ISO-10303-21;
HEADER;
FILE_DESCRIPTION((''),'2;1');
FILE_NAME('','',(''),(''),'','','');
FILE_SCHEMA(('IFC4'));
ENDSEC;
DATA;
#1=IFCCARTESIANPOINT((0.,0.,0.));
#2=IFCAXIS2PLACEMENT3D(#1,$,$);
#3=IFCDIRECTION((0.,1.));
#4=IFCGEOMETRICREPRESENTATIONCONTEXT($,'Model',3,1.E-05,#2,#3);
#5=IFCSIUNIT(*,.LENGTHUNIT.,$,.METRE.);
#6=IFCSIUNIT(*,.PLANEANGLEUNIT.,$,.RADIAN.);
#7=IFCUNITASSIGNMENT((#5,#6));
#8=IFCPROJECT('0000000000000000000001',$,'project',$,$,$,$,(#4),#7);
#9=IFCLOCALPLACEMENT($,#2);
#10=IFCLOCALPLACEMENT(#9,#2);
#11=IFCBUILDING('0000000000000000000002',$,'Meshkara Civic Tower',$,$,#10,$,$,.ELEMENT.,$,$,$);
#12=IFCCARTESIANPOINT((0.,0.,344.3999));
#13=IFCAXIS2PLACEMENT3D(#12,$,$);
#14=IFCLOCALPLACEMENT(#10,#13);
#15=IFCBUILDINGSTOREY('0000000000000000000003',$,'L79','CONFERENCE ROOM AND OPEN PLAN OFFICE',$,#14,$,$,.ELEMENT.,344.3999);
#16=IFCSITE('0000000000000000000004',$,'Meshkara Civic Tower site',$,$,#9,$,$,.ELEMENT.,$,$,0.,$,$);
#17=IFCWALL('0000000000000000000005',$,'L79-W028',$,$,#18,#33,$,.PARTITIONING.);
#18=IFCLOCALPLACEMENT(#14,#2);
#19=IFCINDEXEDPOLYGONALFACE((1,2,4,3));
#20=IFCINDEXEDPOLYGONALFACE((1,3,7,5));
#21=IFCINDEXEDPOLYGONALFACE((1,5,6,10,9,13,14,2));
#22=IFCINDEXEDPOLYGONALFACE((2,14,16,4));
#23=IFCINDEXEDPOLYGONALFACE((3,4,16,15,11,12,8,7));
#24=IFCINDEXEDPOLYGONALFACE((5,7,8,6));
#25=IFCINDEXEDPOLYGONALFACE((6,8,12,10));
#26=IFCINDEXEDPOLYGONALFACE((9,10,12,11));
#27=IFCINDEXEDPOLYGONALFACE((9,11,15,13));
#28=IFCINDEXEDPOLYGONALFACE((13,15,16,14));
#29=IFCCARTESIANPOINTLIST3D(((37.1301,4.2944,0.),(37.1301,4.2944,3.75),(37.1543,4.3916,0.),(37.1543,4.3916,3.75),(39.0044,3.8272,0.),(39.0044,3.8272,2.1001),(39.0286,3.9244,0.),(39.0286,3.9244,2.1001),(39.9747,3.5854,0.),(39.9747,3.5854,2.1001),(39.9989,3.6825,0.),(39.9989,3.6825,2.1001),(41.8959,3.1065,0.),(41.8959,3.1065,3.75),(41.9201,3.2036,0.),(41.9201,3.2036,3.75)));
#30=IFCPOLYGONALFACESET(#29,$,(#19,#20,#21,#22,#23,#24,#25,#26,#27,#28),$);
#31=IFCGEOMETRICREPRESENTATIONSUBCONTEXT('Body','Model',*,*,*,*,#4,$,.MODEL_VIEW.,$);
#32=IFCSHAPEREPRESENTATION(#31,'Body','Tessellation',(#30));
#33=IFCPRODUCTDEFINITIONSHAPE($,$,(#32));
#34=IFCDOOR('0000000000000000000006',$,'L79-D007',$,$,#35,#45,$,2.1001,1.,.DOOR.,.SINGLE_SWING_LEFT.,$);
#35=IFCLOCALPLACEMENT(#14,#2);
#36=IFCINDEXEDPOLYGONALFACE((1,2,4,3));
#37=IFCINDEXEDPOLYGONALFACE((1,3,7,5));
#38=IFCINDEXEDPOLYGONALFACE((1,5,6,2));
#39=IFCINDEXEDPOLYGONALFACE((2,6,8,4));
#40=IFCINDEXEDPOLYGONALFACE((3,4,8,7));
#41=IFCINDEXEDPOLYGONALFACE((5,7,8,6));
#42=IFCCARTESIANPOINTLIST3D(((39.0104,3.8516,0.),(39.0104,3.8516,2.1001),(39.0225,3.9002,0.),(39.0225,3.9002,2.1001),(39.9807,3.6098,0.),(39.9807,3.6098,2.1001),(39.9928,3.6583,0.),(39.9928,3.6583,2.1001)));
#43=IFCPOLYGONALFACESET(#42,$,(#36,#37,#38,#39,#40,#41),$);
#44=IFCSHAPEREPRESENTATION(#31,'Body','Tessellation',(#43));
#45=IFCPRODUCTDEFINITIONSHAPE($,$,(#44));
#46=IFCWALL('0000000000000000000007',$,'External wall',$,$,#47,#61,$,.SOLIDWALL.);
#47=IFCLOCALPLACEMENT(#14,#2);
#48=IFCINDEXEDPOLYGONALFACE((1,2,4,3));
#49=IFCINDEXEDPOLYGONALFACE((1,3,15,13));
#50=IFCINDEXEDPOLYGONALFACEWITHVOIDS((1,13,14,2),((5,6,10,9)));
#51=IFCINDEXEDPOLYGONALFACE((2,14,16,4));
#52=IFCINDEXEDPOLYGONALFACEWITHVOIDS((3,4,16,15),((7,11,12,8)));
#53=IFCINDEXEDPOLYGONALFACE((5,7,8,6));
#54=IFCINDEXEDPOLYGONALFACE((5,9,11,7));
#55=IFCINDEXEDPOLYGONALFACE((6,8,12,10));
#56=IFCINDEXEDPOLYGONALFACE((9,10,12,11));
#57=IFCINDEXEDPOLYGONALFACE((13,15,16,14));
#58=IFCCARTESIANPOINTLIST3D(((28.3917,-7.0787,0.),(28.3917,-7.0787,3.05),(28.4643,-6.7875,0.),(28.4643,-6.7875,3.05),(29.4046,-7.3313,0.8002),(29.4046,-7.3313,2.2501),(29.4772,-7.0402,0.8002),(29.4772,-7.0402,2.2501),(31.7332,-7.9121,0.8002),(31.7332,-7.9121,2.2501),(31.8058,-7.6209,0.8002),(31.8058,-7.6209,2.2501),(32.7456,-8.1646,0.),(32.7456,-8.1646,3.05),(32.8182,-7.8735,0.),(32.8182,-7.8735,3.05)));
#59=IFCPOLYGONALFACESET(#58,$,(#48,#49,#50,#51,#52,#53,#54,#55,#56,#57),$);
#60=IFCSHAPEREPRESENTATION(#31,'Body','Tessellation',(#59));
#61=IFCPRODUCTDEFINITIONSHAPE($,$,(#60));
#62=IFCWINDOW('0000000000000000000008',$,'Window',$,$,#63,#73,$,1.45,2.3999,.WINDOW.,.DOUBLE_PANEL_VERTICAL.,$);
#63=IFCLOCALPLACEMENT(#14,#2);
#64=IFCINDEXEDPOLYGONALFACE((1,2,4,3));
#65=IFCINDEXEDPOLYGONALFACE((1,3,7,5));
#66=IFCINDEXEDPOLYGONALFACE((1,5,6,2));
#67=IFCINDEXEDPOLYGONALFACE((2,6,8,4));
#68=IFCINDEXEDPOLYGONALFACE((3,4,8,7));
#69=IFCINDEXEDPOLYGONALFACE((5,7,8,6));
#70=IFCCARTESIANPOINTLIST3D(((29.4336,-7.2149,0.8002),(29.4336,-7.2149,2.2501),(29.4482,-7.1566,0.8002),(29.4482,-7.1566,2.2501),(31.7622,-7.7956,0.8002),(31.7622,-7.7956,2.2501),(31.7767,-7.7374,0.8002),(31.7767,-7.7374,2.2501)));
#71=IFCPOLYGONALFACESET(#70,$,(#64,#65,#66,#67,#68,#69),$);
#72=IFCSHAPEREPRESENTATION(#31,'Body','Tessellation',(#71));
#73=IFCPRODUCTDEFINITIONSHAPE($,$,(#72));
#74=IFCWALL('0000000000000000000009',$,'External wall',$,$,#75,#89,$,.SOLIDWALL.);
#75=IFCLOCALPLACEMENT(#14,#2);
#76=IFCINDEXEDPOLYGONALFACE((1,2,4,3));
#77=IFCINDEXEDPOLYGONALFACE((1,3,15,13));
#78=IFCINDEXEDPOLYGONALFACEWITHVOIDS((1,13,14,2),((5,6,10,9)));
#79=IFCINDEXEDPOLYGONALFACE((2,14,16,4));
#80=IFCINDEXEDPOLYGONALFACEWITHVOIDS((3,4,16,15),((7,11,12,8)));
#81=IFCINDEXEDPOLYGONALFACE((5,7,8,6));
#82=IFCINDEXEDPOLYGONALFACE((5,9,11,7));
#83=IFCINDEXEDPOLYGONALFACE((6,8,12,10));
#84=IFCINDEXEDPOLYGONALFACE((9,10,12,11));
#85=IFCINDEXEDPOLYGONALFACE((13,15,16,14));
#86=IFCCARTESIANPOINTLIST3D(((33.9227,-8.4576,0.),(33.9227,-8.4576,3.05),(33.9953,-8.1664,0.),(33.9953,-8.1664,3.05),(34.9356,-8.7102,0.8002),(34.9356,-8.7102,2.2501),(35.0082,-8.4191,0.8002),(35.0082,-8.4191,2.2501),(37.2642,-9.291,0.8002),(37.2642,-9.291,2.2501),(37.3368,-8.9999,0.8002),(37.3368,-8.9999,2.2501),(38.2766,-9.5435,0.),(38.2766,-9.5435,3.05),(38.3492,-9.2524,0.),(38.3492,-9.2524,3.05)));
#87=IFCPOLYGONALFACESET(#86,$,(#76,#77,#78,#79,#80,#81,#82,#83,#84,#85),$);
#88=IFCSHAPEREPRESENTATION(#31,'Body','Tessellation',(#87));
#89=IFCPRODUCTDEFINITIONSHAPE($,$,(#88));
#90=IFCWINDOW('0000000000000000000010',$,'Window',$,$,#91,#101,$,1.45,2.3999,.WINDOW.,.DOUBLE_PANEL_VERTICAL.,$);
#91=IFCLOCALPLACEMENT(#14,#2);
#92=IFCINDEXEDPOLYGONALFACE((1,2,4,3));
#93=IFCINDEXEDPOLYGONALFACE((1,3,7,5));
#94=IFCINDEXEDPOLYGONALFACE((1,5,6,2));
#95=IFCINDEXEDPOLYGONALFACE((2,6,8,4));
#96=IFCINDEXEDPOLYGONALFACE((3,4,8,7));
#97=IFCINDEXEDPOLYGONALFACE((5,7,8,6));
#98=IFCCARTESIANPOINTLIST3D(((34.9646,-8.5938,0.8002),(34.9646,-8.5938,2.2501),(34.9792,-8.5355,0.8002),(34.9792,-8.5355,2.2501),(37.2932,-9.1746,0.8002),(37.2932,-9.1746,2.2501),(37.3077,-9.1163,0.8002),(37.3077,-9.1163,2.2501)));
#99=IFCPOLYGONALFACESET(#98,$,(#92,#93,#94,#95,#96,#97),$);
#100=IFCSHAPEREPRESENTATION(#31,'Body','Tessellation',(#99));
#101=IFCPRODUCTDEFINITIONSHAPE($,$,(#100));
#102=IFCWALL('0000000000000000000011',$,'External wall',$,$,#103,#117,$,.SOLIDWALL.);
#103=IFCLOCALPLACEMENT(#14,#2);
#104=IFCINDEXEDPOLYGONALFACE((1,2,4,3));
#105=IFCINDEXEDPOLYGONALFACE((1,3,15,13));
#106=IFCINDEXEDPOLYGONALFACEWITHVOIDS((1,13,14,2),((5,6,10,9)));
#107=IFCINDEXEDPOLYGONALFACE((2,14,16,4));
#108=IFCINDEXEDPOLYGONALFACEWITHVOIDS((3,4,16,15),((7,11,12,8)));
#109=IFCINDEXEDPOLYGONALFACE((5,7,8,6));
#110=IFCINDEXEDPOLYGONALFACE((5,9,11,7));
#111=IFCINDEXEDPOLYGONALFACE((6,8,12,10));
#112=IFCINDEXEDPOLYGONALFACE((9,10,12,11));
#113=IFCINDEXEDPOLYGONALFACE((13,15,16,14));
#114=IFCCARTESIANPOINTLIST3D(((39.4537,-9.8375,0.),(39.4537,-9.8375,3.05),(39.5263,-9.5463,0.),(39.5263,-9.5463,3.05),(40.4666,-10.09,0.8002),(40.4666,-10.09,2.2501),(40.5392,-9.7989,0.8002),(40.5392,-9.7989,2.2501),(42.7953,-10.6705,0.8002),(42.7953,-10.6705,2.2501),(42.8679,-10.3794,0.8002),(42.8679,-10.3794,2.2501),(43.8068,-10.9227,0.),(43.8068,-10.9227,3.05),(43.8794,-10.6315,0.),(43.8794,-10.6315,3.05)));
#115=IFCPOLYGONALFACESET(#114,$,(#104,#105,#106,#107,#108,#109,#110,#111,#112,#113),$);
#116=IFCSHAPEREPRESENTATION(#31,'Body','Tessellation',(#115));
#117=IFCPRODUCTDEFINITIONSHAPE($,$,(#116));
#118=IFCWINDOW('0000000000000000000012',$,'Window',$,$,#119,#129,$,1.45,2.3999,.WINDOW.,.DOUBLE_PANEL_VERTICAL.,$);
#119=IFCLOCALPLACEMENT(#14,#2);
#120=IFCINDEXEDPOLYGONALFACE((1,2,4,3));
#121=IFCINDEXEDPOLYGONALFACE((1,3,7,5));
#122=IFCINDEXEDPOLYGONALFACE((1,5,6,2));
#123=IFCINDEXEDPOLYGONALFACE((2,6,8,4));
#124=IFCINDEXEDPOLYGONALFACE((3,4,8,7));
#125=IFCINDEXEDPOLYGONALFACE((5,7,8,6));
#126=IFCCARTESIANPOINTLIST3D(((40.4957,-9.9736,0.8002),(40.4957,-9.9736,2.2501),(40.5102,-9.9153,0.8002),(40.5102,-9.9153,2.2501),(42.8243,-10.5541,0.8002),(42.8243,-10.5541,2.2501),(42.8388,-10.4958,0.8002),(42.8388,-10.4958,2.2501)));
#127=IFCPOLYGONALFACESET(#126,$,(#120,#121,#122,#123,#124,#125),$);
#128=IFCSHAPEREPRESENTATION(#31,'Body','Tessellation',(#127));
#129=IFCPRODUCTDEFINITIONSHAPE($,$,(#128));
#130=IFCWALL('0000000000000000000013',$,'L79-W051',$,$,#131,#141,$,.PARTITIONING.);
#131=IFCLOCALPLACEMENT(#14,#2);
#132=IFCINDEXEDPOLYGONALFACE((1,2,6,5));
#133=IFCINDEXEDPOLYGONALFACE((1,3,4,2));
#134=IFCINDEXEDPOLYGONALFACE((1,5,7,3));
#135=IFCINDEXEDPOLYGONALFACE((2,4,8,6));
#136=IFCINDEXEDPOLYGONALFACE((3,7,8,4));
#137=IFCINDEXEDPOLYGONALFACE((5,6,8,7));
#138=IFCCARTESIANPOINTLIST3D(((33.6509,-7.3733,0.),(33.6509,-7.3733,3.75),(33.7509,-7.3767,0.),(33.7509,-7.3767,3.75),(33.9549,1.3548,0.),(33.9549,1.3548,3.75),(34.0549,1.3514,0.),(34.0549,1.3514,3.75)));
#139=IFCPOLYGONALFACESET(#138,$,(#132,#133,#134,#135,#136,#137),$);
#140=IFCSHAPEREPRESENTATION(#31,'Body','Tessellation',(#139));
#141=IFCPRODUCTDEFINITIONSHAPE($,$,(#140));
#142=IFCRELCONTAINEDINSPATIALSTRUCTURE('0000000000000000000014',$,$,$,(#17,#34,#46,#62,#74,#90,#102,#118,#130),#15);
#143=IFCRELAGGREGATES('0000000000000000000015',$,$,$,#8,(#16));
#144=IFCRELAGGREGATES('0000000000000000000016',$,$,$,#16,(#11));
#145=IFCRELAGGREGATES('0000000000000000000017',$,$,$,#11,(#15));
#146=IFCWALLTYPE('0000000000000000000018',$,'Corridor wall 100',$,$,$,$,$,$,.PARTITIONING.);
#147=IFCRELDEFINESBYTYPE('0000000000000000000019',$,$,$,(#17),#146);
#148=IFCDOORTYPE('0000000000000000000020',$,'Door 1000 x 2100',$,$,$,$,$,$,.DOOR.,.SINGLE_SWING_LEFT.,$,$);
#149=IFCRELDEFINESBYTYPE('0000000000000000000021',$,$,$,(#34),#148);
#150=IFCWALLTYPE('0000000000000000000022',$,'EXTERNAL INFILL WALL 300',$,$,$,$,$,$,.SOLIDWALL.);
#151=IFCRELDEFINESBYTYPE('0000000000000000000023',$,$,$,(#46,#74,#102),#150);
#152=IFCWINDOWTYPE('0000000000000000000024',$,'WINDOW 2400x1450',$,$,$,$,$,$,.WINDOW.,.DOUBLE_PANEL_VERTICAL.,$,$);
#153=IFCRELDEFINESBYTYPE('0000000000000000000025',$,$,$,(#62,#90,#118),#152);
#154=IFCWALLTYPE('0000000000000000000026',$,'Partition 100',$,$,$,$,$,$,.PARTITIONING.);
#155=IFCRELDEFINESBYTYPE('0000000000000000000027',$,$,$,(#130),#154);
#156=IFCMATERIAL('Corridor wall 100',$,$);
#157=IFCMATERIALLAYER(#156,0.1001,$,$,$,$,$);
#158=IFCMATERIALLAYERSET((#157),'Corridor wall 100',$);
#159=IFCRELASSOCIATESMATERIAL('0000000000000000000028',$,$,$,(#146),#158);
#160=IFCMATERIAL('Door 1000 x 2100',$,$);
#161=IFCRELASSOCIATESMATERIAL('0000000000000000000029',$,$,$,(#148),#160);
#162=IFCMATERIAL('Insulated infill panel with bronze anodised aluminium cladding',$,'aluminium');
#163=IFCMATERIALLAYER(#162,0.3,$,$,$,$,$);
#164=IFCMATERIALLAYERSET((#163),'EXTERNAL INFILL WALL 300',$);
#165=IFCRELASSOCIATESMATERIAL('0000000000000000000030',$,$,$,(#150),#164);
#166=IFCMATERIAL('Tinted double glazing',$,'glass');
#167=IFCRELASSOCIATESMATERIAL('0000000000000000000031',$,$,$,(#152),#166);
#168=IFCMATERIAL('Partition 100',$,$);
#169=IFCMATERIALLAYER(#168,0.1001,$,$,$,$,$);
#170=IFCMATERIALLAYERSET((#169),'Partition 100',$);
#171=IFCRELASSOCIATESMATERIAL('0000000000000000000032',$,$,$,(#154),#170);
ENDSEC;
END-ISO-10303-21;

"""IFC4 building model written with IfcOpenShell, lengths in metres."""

from ifc_helpers import new_model, si_unit, direction, frame, frame_2d, origin, place, context, subcontext, project, spatial, rectangle, extrude, material, layer, layer_set, type_object, element, fill, save


model = new_model("IFC4")

# Units and contexts
model_context = context("Model", 3, precision=1e-05, world=origin(), true_north=direction((0.0, 1.0)))
body_context = subcontext(model_context, "Body", "Model", "MODEL_VIEW")
ifc_project = project(units=[si_unit("LENGTHUNIT", "METRE"), si_unit("PLANEANGLEUNIT", "RADIAN")], contexts=[model_context])

# Site, building, storey
site_placement = place(None, origin())
site = spatial("IfcSite", under=ifc_project, at=site_placement, Name="Meshkara Civic Tower site", CompositionType="ELEMENT", RefElevation=0.0)
building_placement = place(site_placement, origin())
building = spatial("IfcBuilding", under=site, at=building_placement, Name="Meshkara Civic Tower", CompositionType="ELEMENT")
storey_placement = place(building_placement, frame((0.0, 0.0, 344.3999)))
storey = spatial("IfcBuildingStorey", under=building, at=storey_placement, Name="L79", Description="CONFERENCE ROOM AND OPEN PLAN OFFICE", CompositionType="ELEMENT", Elevation=344.3999)

# Shared definitions
ifc_material_1 = material(Name="Corridor wall 100")
ifc_layer_1 = layer(ifc_material_1, 0.1001)
ifc_layer_set_1 = layer_set([ifc_layer_1], Name="Corridor wall 100")
wall_type_1 = type_object("IfcWallType", Name="Corridor wall 100", PredefinedType="PARTITIONING", material=ifc_layer_set_1)

# Wall, opening, door
wall_1_placement = place(storey_placement, frame((41.908, 3.155, 0.0), z_axis=(0.0, 0.0, 1.0), x_axis=(-0.970309, 0.241869, 0.0)))
wall_1 = element("IfcWall", 1, at=wall_1_placement, inside=storey, type_object=wall_type_1, Name="L79-W028", PredefinedType="PARTITIONING", context=body_context, shape_type="SweptSolid", body=[
    extrude(rectangle(XDim=4.9116, YDim=0.1001, at=frame_2d((2.4558, 0.0))), origin(), (0.0, 0.0, 1.0), 3.75),
])
opening_1_placement = place(wall_1_placement, frame((1.98, 0.0, 0.0)))
opening_1 = element("IfcOpeningElement", 2, at=opening_1_placement, cuts=wall_1, PredefinedType="OPENING", context=body_context, shape_type="SweptSolid", body=[
    extrude(rectangle(XDim=1.0, YDim=2.1001, at=frame_2d((0.5, 1.05))), frame((0.0, 0.0601, 0.0), z_axis=(0.0, -1.0, 0.0), x_axis=(1.0, 0.0, 0.0)), (0.0, 0.0, 1.0), 0.1201),
])
ifc_material_2 = material(Name="Door 1000 x 2100")
door_type_1 = type_object("IfcDoorType", Name="Door 1000 x 2100", OperationType="SINGLE_SWING_LEFT", PredefinedType="DOOR", material=ifc_material_2)
door_1_placement = place(opening_1_placement, origin())
door_1 = element("IfcDoor", 3, at=door_1_placement, inside=storey, type_object=door_type_1, Name="L79-D007", OperationType="SINGLE_SWING_LEFT", OverallHeight=2.1001, OverallWidth=1.0, PredefinedType="DOOR", context=body_context, shape_type="SweptSolid", body=[
    extrude(rectangle(XDim=1.0, YDim=2.1001, at=frame_2d((0.5, 1.05))), frame((0.0, 0.0249, 0.0), z_axis=(0.0, -1.0, 0.0), x_axis=(1.0, 0.0, 0.0)), (0.0, 0.0, 1.0), 0.05),
])
fill(opening_1, door_1)

# Walls, openings, windows
ifc_material_3 = material(Name="Insulated infill panel with bronze anodised aluminium cladding", Category="aluminium")
ifc_layer_2 = layer(ifc_material_3, 0.3)
ifc_layer_set_2 = layer_set([ifc_layer_2], Name="EXTERNAL INFILL WALL 300")
wall_type_2 = type_object("IfcWallType", Name="EXTERNAL INFILL WALL 300", PredefinedType="SOLIDWALL", material=ifc_layer_set_2)
wall_2_placement = place(storey_placement, frame((28.428, -6.9331, 0.0), z_axis=(0.0, 0.0, 1.0), x_axis=(0.970277, -0.241998, 0.0)))
wall_2 = element("IfcWall", 4, at=wall_2_placement, inside=storey, type_object=wall_type_2, Name="External wall", PredefinedType="SOLIDWALL", context=body_context, shape_type="SweptSolid", body=[
    extrude(rectangle(XDim=4.4873, YDim=0.3, at=frame_2d((2.2437, 0.0))), origin(), (0.0, 0.0, 1.0), 3.05),
])
opening_2_placement = place(wall_2_placement, frame((1.0439, 0.0, 0.8)))
opening_2 = element("IfcOpeningElement", 5, at=opening_2_placement, cuts=wall_2, PredefinedType="OPENING", context=body_context, shape_type="SweptSolid", body=[
    extrude(rectangle(XDim=2.3999, YDim=1.45, at=frame_2d((1.2, 0.7251))), frame((0.0, 0.1599, 0.0), z_axis=(0.0, -1.0, 0.0), x_axis=(1.0, 0.0, 0.0)), (0.0, 0.0, 1.0), 0.3201),
])
ifc_material_4 = material(Name="Tinted double glazing", Category="glass")
window_type = type_object("IfcWindowType", Name="WINDOW 2400x1450", PartitioningType="DOUBLE_PANEL_VERTICAL", PredefinedType="WINDOW", material=ifc_material_4)
window_1_placement = place(opening_2_placement, origin())
window_1 = element("IfcWindow", 6, at=window_1_placement, inside=storey, type_object=window_type, Name="Window", OverallHeight=1.45, OverallWidth=2.3999, PartitioningType="DOUBLE_PANEL_VERTICAL", PredefinedType="WINDOW", context=body_context, shape_type="SweptSolid", body=[
    extrude(rectangle(XDim=2.3999, YDim=1.45, at=frame_2d((1.2, 0.7251))), frame((0.0, 0.03, 0.0), z_axis=(0.0, -1.0, 0.0), x_axis=(1.0, 0.0, 0.0)), (0.0, 0.0, 1.0), 0.0601),
])
fill(opening_2, window_1)
wall_3_placement = place(storey_placement, frame((33.959, -8.312, 0.0), z_axis=(0.0, 0.0, 1.0), x_axis=(0.970277, -0.241998, 0.0)))
wall_3 = element("IfcWall", 7, at=wall_3_placement, inside=storey, type_object=wall_type_2, Name="External wall", PredefinedType="SOLIDWALL", context=body_context, shape_type="SweptSolid", body=[
    extrude(rectangle(XDim=4.4873, YDim=0.3, at=frame_2d((2.2437, 0.0))), origin(), (0.0, 0.0, 1.0), 3.05),
])
opening_3_placement = place(wall_3_placement, frame((1.0439, 0.0, 0.8)))
opening_3 = element("IfcOpeningElement", 8, at=opening_3_placement, cuts=wall_3, PredefinedType="OPENING", context=body_context, shape_type="SweptSolid", body=[
    extrude(rectangle(XDim=2.3999, YDim=1.45, at=frame_2d((1.2, 0.7251))), frame((0.0, 0.1599, 0.0), z_axis=(0.0, -1.0, 0.0), x_axis=(1.0, 0.0, 0.0)), (0.0, 0.0, 1.0), 0.3201),
])
window_2_placement = place(opening_3_placement, origin())
window_2 = element("IfcWindow", 9, at=window_2_placement, inside=storey, type_object=window_type, Name="Window", OverallHeight=1.45, OverallWidth=2.3999, PartitioningType="DOUBLE_PANEL_VERTICAL", PredefinedType="WINDOW", context=body_context, shape_type="SweptSolid", body=[
    extrude(rectangle(XDim=2.3999, YDim=1.45, at=frame_2d((1.2, 0.7251))), frame((0.0, 0.03, 0.0), z_axis=(0.0, -1.0, 0.0), x_axis=(1.0, 0.0, 0.0)), (0.0, 0.0, 1.0), 0.0601),
])
fill(opening_3, window_2)
wall_4_placement = place(storey_placement, frame((39.49, -9.6919, 0.0), z_axis=(0.0, 0.0, 1.0), x_axis=(0.970302, -0.241895, 0.0)))
wall_4 = element("IfcWall", 10, at=wall_4_placement, inside=storey, type_object=wall_type_2, Name="External wall", PredefinedType="SOLIDWALL", context=body_context, shape_type="SweptSolid", body=[
    extrude(rectangle(XDim=4.4863, YDim=0.3, at=frame_2d((2.2432, 0.0))), origin(), (0.0, 0.0, 1.0), 3.05),
])
opening_4_placement = place(wall_4_placement, frame((1.0439, 0.0, 0.8)))
opening_4 = element("IfcOpeningElement", 11, at=opening_4_placement, cuts=wall_4, PredefinedType="OPENING", context=body_context, shape_type="SweptSolid", body=[
    extrude(rectangle(XDim=2.3999, YDim=1.45, at=frame_2d((1.2, 0.7251))), frame((0.0, 0.1599, 0.0), z_axis=(0.0, -1.0, 0.0), x_axis=(1.0, 0.0, 0.0)), (0.0, 0.0, 1.0), 0.3201),
])
window_3_placement = place(opening_4_placement, origin())
window_3 = element("IfcWindow", 12, at=window_3_placement, inside=storey, type_object=window_type, Name="Window", OverallHeight=1.45, OverallWidth=2.3999, PartitioningType="DOUBLE_PANEL_VERTICAL", PredefinedType="WINDOW", context=body_context, shape_type="SweptSolid", body=[
    extrude(rectangle(XDim=2.3999, YDim=1.45, at=frame_2d((1.2, 0.7251))), frame((0.0, 0.03, 0.0), z_axis=(0.0, -1.0, 0.0), x_axis=(1.0, 0.0, 0.0)), (0.0, 0.0, 1.0), 0.0601),
])
fill(opening_4, window_3)

# Wall
ifc_material_5 = material(Name="Partition 100")
ifc_layer_3 = layer(ifc_material_5, 0.1001)
ifc_layer_set_3 = layer_set([ifc_layer_3], Name="Partition 100")
wall_type_3 = type_object("IfcWallType", Name="Partition 100", PredefinedType="PARTITIONING", material=ifc_layer_set_3)
wall_5_placement = place(storey_placement, frame((33.7009, -7.375, 0.0), z_axis=(0.0, 0.0, 1.0), x_axis=(0.034804, 0.999394, 0.0)))
element("IfcWall", 13, at=wall_5_placement, inside=storey, type_object=wall_type_3, Name="L79-W051", PredefinedType="PARTITIONING", context=body_context, shape_type="SweptSolid", body=[
    extrude(rectangle(XDim=8.7334, YDim=0.1001, at=frame_2d((4.3667, 0.0))), origin(), (0.0, 0.0, 1.0), 3.75),
])

save(model, "model.ifc")
